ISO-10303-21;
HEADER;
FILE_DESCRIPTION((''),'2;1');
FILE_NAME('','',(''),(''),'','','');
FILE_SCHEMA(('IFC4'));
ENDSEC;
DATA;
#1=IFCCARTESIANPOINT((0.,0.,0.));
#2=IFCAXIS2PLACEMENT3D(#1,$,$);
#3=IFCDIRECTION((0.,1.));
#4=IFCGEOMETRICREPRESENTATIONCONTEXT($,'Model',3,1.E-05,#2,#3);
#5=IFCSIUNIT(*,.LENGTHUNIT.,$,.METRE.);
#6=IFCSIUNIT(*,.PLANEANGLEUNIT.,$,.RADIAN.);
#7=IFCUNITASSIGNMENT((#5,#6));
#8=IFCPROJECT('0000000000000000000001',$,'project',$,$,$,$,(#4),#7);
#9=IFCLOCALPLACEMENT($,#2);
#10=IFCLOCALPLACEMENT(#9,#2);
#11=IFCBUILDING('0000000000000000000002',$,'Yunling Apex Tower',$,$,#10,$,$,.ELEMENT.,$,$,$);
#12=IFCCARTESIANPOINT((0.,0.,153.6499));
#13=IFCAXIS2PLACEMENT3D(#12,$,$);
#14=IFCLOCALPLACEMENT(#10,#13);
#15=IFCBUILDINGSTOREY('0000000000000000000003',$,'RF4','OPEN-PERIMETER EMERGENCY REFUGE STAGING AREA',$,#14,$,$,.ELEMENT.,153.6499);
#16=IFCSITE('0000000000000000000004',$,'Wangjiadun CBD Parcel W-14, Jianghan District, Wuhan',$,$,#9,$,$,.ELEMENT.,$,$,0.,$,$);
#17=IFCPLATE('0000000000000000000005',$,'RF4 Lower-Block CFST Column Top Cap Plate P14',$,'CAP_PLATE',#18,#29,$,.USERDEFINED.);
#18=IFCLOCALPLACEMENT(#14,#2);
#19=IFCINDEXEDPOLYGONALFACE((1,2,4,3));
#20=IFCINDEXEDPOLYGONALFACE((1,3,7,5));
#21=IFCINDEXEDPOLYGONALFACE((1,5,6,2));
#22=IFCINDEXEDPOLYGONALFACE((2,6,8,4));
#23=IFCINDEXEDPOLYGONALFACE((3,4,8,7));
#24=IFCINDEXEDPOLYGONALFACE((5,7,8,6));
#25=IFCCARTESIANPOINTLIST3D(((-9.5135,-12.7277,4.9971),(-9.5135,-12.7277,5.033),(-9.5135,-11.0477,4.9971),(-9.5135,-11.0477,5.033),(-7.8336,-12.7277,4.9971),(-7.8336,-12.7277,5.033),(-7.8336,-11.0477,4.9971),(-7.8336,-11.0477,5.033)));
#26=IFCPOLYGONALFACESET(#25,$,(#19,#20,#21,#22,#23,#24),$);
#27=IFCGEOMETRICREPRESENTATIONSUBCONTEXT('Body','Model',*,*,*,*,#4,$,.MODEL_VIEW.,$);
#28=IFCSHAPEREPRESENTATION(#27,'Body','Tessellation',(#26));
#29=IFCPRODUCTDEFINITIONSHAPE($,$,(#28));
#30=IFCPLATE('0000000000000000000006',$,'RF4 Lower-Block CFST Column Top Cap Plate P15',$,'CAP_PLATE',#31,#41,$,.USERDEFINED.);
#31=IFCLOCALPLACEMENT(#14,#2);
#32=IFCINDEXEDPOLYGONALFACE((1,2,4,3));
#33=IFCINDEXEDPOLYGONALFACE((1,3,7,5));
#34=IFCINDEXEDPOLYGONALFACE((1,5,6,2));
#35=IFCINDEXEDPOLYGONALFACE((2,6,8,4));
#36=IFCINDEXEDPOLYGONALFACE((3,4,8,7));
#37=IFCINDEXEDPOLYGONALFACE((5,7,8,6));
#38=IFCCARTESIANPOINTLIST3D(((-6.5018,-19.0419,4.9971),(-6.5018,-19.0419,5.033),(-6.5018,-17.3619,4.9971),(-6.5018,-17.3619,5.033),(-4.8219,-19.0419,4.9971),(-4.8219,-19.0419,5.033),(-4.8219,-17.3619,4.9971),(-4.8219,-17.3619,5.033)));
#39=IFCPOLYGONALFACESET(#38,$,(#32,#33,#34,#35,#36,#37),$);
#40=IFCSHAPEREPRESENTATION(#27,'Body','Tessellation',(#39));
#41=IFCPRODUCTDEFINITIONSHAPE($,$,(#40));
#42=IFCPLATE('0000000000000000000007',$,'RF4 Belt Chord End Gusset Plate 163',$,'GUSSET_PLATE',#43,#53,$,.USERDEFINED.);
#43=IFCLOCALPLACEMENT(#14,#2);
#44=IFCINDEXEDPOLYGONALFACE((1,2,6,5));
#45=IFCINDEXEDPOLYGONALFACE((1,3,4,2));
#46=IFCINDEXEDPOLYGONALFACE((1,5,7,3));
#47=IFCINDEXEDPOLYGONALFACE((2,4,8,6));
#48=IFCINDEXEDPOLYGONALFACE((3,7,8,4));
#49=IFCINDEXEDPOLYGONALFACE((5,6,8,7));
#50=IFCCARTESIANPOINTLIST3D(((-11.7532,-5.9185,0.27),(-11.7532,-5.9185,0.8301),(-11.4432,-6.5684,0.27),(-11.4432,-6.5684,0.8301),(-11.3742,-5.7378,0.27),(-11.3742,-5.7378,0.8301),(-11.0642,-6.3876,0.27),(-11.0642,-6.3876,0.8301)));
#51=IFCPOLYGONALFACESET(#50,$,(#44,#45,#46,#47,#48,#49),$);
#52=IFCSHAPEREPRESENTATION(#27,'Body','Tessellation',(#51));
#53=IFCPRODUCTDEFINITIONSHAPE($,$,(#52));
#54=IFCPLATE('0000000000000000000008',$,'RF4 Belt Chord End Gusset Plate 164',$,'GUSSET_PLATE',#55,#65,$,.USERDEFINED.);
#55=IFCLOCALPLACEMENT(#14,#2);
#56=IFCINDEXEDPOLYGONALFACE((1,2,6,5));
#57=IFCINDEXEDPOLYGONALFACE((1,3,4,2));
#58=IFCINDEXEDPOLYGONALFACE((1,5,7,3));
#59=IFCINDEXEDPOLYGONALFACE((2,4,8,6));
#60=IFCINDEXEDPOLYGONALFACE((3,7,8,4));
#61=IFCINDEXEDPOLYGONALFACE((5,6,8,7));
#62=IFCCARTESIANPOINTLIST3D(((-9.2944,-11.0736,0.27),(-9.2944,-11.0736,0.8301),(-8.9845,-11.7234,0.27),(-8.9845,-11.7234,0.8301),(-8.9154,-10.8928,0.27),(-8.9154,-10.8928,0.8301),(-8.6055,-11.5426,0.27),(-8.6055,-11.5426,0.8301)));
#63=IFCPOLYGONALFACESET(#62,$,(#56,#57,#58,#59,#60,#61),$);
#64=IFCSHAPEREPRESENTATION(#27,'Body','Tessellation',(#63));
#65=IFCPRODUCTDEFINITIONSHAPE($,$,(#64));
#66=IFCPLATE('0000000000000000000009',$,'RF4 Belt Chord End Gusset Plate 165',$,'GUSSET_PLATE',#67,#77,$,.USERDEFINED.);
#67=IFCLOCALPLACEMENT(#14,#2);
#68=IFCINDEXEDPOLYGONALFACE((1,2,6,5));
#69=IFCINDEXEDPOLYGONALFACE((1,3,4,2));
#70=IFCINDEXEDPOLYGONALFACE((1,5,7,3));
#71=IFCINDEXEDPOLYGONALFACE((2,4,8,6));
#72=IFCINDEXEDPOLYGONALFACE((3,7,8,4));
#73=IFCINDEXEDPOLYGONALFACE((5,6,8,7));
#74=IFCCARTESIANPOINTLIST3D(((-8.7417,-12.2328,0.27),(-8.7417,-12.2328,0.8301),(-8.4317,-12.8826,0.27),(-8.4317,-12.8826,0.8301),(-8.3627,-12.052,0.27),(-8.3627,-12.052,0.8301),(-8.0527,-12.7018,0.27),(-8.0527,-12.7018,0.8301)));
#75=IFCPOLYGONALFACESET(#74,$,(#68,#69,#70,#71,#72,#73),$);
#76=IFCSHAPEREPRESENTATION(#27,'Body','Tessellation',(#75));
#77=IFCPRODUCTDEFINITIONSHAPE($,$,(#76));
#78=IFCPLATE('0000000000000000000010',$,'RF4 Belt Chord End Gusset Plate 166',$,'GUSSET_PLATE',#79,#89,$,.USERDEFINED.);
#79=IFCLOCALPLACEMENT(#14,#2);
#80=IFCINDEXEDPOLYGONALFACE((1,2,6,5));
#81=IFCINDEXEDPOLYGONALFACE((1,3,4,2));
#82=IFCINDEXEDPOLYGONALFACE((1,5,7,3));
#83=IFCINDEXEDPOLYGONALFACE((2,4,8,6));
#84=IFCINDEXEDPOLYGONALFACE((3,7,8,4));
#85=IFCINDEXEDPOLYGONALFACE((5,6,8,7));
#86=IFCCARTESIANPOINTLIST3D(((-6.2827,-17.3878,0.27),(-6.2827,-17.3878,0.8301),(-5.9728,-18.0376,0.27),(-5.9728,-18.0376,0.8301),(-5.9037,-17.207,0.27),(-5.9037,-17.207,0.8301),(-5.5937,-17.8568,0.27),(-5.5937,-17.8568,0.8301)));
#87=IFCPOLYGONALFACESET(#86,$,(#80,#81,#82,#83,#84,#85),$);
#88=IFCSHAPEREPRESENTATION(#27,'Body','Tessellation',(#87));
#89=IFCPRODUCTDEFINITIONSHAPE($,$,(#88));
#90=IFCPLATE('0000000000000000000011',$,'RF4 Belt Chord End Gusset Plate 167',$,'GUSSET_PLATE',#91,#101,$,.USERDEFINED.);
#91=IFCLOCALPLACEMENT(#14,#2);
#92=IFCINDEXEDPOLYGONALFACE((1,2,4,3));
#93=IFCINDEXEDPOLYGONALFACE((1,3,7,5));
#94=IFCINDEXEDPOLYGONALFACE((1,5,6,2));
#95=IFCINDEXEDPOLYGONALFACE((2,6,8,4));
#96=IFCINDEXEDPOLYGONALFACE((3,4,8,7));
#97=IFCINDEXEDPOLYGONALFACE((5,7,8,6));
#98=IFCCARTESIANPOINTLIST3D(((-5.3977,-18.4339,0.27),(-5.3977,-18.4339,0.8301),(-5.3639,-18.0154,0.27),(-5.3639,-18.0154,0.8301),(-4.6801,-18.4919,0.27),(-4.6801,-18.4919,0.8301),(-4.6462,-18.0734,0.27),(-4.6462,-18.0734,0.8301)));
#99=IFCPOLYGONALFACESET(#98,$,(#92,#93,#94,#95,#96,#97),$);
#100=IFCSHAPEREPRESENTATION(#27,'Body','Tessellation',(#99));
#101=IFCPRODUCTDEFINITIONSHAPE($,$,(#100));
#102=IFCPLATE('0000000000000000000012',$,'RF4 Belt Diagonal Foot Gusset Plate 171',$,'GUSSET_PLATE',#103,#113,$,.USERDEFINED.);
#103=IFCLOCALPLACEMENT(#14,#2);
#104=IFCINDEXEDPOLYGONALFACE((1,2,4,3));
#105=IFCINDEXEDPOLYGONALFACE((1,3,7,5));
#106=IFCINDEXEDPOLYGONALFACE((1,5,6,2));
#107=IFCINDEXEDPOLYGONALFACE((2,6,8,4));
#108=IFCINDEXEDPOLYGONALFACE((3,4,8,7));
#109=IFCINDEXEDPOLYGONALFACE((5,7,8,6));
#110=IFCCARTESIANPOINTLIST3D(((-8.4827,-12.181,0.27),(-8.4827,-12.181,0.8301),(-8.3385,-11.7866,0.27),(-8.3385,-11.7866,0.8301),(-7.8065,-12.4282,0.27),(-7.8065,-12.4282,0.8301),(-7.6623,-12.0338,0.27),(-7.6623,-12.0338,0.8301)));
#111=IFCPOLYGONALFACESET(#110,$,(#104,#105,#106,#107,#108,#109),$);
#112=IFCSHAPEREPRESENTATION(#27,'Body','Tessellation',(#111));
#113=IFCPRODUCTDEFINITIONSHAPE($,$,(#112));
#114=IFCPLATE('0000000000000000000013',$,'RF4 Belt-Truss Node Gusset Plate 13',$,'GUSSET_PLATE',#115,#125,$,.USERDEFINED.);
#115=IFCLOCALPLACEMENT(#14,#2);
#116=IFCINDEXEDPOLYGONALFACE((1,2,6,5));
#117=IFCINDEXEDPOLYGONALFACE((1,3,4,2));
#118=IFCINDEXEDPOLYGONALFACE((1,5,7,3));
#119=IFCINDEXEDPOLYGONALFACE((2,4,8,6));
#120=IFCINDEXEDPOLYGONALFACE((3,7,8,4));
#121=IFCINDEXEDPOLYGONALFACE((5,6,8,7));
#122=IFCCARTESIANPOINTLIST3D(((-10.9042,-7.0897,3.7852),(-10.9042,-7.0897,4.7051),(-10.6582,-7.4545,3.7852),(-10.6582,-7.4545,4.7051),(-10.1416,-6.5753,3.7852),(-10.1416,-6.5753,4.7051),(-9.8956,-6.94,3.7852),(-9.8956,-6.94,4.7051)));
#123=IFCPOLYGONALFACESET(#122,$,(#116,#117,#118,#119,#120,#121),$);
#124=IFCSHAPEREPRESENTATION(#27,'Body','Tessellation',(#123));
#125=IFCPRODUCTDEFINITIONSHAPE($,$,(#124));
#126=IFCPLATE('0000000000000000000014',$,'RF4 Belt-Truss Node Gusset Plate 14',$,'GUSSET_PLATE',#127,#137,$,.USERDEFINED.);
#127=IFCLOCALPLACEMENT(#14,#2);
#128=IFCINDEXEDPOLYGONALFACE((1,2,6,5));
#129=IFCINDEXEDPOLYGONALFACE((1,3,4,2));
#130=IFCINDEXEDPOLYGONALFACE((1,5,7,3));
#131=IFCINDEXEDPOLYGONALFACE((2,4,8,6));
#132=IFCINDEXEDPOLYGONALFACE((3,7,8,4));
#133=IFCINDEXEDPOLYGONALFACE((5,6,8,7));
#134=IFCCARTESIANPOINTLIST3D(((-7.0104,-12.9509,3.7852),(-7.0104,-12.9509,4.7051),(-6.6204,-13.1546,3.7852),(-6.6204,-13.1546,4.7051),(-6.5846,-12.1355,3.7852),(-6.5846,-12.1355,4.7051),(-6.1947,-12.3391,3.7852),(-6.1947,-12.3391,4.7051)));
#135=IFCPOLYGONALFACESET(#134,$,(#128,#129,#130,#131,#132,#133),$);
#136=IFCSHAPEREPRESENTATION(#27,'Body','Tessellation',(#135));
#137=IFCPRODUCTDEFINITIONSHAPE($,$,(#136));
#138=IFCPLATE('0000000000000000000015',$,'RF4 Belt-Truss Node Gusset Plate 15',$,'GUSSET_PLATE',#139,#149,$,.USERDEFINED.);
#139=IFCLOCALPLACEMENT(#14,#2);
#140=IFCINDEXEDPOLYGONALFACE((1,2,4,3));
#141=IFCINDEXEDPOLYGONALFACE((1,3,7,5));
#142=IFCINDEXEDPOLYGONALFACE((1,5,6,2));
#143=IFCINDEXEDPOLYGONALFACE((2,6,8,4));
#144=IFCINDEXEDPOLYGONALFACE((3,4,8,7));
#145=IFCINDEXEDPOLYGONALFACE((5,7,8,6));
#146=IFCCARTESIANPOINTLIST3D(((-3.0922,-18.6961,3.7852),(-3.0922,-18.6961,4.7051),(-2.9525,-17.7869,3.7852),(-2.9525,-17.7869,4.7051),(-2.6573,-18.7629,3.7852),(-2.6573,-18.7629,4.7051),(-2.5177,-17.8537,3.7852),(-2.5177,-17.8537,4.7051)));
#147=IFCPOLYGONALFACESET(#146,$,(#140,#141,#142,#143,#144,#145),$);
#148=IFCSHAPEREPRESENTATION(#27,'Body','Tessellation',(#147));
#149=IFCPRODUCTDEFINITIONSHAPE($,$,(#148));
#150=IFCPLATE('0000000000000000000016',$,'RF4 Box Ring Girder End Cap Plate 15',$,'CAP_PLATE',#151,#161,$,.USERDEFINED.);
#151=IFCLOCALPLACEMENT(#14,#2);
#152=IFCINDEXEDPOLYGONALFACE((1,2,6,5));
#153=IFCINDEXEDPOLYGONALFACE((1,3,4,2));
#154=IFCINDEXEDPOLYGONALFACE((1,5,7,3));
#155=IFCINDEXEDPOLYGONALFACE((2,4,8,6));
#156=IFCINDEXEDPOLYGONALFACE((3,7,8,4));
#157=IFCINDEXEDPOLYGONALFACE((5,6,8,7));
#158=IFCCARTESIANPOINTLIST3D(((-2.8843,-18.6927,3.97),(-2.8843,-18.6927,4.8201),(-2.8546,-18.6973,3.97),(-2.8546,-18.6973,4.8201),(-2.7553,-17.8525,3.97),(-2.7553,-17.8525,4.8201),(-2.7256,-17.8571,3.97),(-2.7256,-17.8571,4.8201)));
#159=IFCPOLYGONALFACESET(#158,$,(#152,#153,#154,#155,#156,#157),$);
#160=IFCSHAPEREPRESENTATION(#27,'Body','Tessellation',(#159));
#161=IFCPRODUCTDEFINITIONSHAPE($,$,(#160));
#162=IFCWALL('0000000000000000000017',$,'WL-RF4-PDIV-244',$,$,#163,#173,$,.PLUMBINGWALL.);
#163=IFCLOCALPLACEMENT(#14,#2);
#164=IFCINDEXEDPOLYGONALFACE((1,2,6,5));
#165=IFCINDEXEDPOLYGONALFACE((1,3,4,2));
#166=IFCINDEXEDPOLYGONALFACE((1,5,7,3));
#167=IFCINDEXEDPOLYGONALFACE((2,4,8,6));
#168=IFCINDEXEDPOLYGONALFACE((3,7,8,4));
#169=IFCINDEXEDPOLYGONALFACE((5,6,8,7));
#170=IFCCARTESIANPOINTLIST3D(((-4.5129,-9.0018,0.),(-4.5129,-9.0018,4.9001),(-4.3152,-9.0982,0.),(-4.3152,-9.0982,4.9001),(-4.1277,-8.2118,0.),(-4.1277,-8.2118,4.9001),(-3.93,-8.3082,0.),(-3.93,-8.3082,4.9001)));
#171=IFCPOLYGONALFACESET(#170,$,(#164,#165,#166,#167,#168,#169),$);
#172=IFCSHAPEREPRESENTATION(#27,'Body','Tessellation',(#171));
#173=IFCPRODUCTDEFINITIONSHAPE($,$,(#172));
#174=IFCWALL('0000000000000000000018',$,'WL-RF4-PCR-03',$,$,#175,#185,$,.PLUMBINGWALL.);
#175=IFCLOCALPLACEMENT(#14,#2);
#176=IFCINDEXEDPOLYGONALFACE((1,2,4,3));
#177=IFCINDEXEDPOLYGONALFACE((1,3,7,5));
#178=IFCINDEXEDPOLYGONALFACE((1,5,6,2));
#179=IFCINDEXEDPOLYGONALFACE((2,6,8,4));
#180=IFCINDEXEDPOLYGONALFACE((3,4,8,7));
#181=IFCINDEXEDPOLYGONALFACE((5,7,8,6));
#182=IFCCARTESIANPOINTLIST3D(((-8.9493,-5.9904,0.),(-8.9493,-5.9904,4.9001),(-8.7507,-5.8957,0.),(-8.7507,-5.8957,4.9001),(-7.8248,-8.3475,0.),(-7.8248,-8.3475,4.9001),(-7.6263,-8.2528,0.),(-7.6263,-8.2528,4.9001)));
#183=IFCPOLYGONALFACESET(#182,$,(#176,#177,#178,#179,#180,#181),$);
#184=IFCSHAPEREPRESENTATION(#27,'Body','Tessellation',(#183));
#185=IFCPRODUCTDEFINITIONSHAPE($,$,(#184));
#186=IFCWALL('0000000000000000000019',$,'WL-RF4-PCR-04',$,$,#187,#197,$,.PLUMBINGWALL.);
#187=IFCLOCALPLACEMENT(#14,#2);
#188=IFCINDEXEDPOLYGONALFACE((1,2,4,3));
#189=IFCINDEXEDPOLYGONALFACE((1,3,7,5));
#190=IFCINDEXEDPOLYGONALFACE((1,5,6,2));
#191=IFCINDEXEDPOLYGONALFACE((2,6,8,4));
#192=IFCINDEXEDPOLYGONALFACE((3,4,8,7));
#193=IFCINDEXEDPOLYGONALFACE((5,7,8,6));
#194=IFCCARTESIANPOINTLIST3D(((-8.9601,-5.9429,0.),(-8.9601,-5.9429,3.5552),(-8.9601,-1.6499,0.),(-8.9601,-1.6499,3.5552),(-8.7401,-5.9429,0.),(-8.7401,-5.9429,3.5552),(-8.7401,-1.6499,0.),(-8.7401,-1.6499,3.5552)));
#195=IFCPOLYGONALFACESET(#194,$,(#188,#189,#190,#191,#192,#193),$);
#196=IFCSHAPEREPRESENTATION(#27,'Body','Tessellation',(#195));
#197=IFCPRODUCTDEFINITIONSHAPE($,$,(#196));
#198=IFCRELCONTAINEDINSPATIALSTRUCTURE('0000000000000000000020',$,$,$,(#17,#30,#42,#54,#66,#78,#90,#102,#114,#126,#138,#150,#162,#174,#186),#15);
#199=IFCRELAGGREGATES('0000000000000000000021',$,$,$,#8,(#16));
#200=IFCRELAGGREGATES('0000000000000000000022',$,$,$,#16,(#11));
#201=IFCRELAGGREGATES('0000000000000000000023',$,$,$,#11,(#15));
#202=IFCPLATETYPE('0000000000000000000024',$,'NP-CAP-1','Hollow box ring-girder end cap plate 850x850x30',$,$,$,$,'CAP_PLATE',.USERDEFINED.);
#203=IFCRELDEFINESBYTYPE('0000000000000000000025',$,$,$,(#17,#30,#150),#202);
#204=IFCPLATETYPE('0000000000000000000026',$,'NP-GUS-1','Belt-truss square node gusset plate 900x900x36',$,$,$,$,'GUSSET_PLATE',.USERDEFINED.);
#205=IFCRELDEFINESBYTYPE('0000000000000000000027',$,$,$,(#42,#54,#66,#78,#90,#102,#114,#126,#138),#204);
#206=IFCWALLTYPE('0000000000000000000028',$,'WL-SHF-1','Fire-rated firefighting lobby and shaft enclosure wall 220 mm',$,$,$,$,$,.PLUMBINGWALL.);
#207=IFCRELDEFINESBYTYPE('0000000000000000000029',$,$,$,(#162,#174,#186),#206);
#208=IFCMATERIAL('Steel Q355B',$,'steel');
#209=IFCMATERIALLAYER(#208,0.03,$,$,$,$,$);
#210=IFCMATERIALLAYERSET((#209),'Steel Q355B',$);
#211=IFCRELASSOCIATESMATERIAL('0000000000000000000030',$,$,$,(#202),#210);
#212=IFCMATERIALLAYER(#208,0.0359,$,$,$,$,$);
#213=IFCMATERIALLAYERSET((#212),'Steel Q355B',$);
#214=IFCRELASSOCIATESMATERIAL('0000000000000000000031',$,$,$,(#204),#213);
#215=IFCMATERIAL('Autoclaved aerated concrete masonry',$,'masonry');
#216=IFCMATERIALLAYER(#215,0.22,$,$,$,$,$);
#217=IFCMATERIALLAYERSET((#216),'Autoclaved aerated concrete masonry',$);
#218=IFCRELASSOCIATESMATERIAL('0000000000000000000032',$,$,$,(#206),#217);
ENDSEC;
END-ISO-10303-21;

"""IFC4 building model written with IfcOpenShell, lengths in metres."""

from ifc_helpers import new_model, si_unit, direction, frame, frame_2d, origin, origin_2d, place, context, subcontext, project, spatial, rectangle, extrude, source, transform, mapped, material, layer, layer_set, type_object, element, save


model = new_model("IFC4")

# Units and contexts
model_context = context("Model", 3, precision=1e-05, world=origin(), true_north=direction((0.0, 1.0)))
body_context = subcontext(model_context, "Body", "Model", "MODEL_VIEW")
ifc_project = project(units=[si_unit("LENGTHUNIT", "METRE"), si_unit("PLANEANGLEUNIT", "RADIAN")], contexts=[model_context])

# Site, building, storey
site_placement = place(None, origin())
site = spatial("IfcSite", under=ifc_project, at=site_placement, Name="Wangjiadun CBD Parcel W-14, Jianghan District, Wuhan", CompositionType="ELEMENT", RefElevation=0.0)
building_placement = place(site_placement, origin())
building = spatial("IfcBuilding", under=site, at=building_placement, Name="Yunling Apex Tower", CompositionType="ELEMENT")
storey_placement = place(building_placement, frame((0.0, 0.0, 153.6499)))
storey = spatial("IfcBuildingStorey", under=building, at=storey_placement, Name="RF4", Description="OPEN-PERIMETER EMERGENCY REFUGE STAGING AREA", CompositionType="ELEMENT", Elevation=153.6499)

# Shared definitions
ifc_material_1 = material(Name="Steel Q355B", Category="steel")

# Plates
ifc_layer_1 = layer(ifc_material_1, 0.03)
ifc_layer_set_1 = layer_set([ifc_layer_1], Name="Steel Q355B")
plate_type_1 = type_object("IfcPlateType", Name="NP-CAP-1", Description="Hollow box ring-girder end cap plate 850x850x30", ElementType="CAP_PLATE", PredefinedType="USERDEFINED", material=ifc_layer_set_1)
shared_shape_1 = source(origin(), body_context, "Body", "SweptSolid", [
    extrude(rectangle(XDim=1.6799, YDim=1.6799, at=origin_2d()), origin(), (0.0, 0.0, 1.0), 0.0359),
])
for number, where, z_axis, x_axis, name in (
    (1, (-8.6736, -11.8877, 4.9971), (0.0, 0.0, 1.0), (1.0, 0.0, 0.0), "RF4 Lower-Block CFST Column Top Cap Plate P14"),
    (2, (-5.6619, -18.2019, 4.9971), (0.0, 0.0, 1.0), (1.0, 0.0, 0.0), "RF4 Lower-Block CFST Column Top Cap Plate P15"),
):
    element("IfcPlate", number, at=place(storey_placement, frame(where, z_axis=z_axis, x_axis=x_axis)), inside=storey, type_object=plate_type_1, Name=name, ObjectType="CAP_PLATE", PredefinedType="USERDEFINED", context=body_context, shape_type="MappedRepresentation", body=[
        mapped(shared_shape_1, transform((0.0, 0.0, 0.0), scale=1.0)),
    ])
ifc_layer_2 = layer(ifc_material_1, 0.0359)
ifc_layer_set_2 = layer_set([ifc_layer_2], Name="Steel Q355B")
plate_type_2 = type_object("IfcPlateType", Name="NP-GUS-1", Description="Belt-truss square node gusset plate 900x900x36", ElementType="GUSSET_PLATE", PredefinedType="USERDEFINED", material=ifc_layer_set_2)
shared_shape_2 = source(origin(), body_context, "Body", "SweptSolid", [
    extrude(rectangle(XDim=0.72, YDim=0.4199, at=origin_2d()), origin(), (0.0, 0.0, 1.0), 0.5601),
])
for number, where, z_axis, x_axis, name in (
    (3, (-11.4087, -6.1531, 0.27), (0.0, 0.0, 1.0), (0.430511, -0.902585, 0.0), "RF4 Belt Chord End Gusset Plate 163"),
    (4, (-8.95, -11.3081, 0.27), (0.0, 0.0, 1.0), (0.430511, -0.902585, 0.0), "RF4 Belt Chord End Gusset Plate 164"),
    (5, (-8.3972, -12.4673, 0.27), (0.0, 0.0, 1.0), (0.430511, -0.902585, 0.0), "RF4 Belt Chord End Gusset Plate 165"),
    (6, (-5.9382, -17.6223, 0.27), (0.0, 0.0, 1.0), (0.430511, -0.902585, 0.0), "RF4 Belt Chord End Gusset Plate 166"),
    (7, (-5.022, -18.2537, 0.27), (0.0, 0.0, 1.0), (0.996751, -0.080547, 0.0), "RF4 Belt Chord End Gusset Plate 167"),
    (8, (-8.0725, -12.1074, 0.27), (0.0, 0.0, 1.0), (0.939214, -0.343332, 0.0), "RF4 Belt Diagonal Foot Gusset Plate 171"),
):
    element("IfcPlate", number, at=place(storey_placement, frame(where, z_axis=z_axis, x_axis=x_axis)), inside=storey, type_object=plate_type_2, Name=name, ObjectType="GUSSET_PLATE", PredefinedType="USERDEFINED", context=body_context, shape_type="MappedRepresentation", body=[
        mapped(shared_shape_2, transform((0.0, 0.0, 0.0), scale=1.0)),
    ])
shared_shape_3 = source(origin(), body_context, "Body", "SweptSolid", [
    extrude(rectangle(XDim=0.9199, YDim=0.4399, at=origin_2d()), origin(), (0.0, 0.0, 1.0), 0.9199),
])
for number, where, z_axis, x_axis, name in (
    (9, (-10.3999, -7.0149, 3.7852), (0.0, 0.0, 1.0), (-0.829038, -0.559193, 0.0), "RF4 Belt-Truss Node Gusset Plate 13"),
    (10, (-6.6025, -12.645, 3.7852), (0.0, 0.0, 1.0), (-0.462832, -0.886446, 0.0), "RF4 Belt-Truss Node Gusset Plate 14"),
    (11, (-2.8049, -18.2749, 3.7852), (0.0, 0.0, 1.0), (-0.151778, -0.988415, 0.0), "RF4 Belt-Truss Node Gusset Plate 15"),
):
    element("IfcPlate", number, at=place(storey_placement, frame(where, z_axis=z_axis, x_axis=x_axis)), inside=storey, type_object=plate_type_2, Name=name, ObjectType="GUSSET_PLATE", PredefinedType="USERDEFINED", context=body_context, shape_type="MappedRepresentation", body=[
        mapped(shared_shape_3, transform((0.0, 0.0, 0.0), scale=1.0)),
    ])
shared_shape_4 = source(origin(), body_context, "Body", "SweptSolid", [
    extrude(rectangle(XDim=0.8501, YDim=0.03, at=origin_2d()), origin(), (0.0, 0.0, 1.0), 0.8501),
])
plate_placement = place(storey_placement, frame((-2.8049, -18.2749, 3.97), z_axis=(0.0, 0.0, 1.0), x_axis=(-0.151778, -0.988415, 0.0)))
element("IfcPlate", 12, at=plate_placement, inside=storey, type_object=plate_type_1, Name="RF4 Box Ring Girder End Cap Plate 15", ObjectType="CAP_PLATE", PredefinedType="USERDEFINED", context=body_context, shape_type="MappedRepresentation", body=[
    mapped(shared_shape_4, transform((0.0, 0.0, 0.0), scale=1.0)),
])

# Walls
ifc_material_2 = material(Name="Autoclaved aerated concrete masonry", Category="masonry")
ifc_layer_3 = layer(ifc_material_2, 0.22)
ifc_layer_set_3 = layer_set([ifc_layer_3], Name="Autoclaved aerated concrete masonry")
wall_type = type_object("IfcWallType", Name="WL-SHF-1", Description="Fire-rated firefighting lobby and shaft enclosure wall 220 mm", PredefinedType="PLUMBINGWALL", material=ifc_layer_set_3)
wall_1_placement = place(storey_placement, frame((-4.0288, -8.26, 0.0), z_axis=(0.0, 0.0, 1.0), x_axis=(-0.438303, -0.898827, 0.0)))
element("IfcWall", 13, at=wall_1_placement, inside=storey, type_object=wall_type, Name="WL-RF4-PDIV-244", PredefinedType="PLUMBINGWALL", context=body_context, shape_type="SweptSolid", body=[
    extrude(rectangle(XDim=0.8789, YDim=0.22, at=frame_2d((0.4395, 0.0))), origin(), (0.0, 0.0, 1.0), 4.9001),
])
wall_2_placement = place(storey_placement, frame((-7.7256, -8.3, 0.0), z_axis=(0.0, 0.0, 1.0), x_axis=(-0.430572, 0.902556, 0.0)))
element("IfcWall", 14, at=wall_2_placement, inside=storey, type_object=wall_type, Name="WL-RF4-PCR-03", PredefinedType="PLUMBINGWALL", context=body_context, shape_type="SweptSolid", body=[
    extrude(rectangle(XDim=2.6116, YDim=0.22, at=frame_2d((1.3057, 0.0))), origin(), (0.0, 0.0, 1.0), 4.9001),
])
wall_3_placement = place(storey_placement, frame((-8.8501, -5.9429, 0.0), z_axis=(0.0, 0.0, 1.0), x_axis=(0.0, 1.0, 0.0)))
element("IfcWall", 15, at=wall_3_placement, inside=storey, type_object=wall_type, Name="WL-RF4-PCR-04", PredefinedType="PLUMBINGWALL", context=body_context, shape_type="SweptSolid", body=[
    extrude(rectangle(XDim=4.293, YDim=0.22, at=frame_2d((2.1465, 0.0))), origin(), (0.0, 0.0, 1.0), 3.5552),
])

save(model, "model.ifc")
